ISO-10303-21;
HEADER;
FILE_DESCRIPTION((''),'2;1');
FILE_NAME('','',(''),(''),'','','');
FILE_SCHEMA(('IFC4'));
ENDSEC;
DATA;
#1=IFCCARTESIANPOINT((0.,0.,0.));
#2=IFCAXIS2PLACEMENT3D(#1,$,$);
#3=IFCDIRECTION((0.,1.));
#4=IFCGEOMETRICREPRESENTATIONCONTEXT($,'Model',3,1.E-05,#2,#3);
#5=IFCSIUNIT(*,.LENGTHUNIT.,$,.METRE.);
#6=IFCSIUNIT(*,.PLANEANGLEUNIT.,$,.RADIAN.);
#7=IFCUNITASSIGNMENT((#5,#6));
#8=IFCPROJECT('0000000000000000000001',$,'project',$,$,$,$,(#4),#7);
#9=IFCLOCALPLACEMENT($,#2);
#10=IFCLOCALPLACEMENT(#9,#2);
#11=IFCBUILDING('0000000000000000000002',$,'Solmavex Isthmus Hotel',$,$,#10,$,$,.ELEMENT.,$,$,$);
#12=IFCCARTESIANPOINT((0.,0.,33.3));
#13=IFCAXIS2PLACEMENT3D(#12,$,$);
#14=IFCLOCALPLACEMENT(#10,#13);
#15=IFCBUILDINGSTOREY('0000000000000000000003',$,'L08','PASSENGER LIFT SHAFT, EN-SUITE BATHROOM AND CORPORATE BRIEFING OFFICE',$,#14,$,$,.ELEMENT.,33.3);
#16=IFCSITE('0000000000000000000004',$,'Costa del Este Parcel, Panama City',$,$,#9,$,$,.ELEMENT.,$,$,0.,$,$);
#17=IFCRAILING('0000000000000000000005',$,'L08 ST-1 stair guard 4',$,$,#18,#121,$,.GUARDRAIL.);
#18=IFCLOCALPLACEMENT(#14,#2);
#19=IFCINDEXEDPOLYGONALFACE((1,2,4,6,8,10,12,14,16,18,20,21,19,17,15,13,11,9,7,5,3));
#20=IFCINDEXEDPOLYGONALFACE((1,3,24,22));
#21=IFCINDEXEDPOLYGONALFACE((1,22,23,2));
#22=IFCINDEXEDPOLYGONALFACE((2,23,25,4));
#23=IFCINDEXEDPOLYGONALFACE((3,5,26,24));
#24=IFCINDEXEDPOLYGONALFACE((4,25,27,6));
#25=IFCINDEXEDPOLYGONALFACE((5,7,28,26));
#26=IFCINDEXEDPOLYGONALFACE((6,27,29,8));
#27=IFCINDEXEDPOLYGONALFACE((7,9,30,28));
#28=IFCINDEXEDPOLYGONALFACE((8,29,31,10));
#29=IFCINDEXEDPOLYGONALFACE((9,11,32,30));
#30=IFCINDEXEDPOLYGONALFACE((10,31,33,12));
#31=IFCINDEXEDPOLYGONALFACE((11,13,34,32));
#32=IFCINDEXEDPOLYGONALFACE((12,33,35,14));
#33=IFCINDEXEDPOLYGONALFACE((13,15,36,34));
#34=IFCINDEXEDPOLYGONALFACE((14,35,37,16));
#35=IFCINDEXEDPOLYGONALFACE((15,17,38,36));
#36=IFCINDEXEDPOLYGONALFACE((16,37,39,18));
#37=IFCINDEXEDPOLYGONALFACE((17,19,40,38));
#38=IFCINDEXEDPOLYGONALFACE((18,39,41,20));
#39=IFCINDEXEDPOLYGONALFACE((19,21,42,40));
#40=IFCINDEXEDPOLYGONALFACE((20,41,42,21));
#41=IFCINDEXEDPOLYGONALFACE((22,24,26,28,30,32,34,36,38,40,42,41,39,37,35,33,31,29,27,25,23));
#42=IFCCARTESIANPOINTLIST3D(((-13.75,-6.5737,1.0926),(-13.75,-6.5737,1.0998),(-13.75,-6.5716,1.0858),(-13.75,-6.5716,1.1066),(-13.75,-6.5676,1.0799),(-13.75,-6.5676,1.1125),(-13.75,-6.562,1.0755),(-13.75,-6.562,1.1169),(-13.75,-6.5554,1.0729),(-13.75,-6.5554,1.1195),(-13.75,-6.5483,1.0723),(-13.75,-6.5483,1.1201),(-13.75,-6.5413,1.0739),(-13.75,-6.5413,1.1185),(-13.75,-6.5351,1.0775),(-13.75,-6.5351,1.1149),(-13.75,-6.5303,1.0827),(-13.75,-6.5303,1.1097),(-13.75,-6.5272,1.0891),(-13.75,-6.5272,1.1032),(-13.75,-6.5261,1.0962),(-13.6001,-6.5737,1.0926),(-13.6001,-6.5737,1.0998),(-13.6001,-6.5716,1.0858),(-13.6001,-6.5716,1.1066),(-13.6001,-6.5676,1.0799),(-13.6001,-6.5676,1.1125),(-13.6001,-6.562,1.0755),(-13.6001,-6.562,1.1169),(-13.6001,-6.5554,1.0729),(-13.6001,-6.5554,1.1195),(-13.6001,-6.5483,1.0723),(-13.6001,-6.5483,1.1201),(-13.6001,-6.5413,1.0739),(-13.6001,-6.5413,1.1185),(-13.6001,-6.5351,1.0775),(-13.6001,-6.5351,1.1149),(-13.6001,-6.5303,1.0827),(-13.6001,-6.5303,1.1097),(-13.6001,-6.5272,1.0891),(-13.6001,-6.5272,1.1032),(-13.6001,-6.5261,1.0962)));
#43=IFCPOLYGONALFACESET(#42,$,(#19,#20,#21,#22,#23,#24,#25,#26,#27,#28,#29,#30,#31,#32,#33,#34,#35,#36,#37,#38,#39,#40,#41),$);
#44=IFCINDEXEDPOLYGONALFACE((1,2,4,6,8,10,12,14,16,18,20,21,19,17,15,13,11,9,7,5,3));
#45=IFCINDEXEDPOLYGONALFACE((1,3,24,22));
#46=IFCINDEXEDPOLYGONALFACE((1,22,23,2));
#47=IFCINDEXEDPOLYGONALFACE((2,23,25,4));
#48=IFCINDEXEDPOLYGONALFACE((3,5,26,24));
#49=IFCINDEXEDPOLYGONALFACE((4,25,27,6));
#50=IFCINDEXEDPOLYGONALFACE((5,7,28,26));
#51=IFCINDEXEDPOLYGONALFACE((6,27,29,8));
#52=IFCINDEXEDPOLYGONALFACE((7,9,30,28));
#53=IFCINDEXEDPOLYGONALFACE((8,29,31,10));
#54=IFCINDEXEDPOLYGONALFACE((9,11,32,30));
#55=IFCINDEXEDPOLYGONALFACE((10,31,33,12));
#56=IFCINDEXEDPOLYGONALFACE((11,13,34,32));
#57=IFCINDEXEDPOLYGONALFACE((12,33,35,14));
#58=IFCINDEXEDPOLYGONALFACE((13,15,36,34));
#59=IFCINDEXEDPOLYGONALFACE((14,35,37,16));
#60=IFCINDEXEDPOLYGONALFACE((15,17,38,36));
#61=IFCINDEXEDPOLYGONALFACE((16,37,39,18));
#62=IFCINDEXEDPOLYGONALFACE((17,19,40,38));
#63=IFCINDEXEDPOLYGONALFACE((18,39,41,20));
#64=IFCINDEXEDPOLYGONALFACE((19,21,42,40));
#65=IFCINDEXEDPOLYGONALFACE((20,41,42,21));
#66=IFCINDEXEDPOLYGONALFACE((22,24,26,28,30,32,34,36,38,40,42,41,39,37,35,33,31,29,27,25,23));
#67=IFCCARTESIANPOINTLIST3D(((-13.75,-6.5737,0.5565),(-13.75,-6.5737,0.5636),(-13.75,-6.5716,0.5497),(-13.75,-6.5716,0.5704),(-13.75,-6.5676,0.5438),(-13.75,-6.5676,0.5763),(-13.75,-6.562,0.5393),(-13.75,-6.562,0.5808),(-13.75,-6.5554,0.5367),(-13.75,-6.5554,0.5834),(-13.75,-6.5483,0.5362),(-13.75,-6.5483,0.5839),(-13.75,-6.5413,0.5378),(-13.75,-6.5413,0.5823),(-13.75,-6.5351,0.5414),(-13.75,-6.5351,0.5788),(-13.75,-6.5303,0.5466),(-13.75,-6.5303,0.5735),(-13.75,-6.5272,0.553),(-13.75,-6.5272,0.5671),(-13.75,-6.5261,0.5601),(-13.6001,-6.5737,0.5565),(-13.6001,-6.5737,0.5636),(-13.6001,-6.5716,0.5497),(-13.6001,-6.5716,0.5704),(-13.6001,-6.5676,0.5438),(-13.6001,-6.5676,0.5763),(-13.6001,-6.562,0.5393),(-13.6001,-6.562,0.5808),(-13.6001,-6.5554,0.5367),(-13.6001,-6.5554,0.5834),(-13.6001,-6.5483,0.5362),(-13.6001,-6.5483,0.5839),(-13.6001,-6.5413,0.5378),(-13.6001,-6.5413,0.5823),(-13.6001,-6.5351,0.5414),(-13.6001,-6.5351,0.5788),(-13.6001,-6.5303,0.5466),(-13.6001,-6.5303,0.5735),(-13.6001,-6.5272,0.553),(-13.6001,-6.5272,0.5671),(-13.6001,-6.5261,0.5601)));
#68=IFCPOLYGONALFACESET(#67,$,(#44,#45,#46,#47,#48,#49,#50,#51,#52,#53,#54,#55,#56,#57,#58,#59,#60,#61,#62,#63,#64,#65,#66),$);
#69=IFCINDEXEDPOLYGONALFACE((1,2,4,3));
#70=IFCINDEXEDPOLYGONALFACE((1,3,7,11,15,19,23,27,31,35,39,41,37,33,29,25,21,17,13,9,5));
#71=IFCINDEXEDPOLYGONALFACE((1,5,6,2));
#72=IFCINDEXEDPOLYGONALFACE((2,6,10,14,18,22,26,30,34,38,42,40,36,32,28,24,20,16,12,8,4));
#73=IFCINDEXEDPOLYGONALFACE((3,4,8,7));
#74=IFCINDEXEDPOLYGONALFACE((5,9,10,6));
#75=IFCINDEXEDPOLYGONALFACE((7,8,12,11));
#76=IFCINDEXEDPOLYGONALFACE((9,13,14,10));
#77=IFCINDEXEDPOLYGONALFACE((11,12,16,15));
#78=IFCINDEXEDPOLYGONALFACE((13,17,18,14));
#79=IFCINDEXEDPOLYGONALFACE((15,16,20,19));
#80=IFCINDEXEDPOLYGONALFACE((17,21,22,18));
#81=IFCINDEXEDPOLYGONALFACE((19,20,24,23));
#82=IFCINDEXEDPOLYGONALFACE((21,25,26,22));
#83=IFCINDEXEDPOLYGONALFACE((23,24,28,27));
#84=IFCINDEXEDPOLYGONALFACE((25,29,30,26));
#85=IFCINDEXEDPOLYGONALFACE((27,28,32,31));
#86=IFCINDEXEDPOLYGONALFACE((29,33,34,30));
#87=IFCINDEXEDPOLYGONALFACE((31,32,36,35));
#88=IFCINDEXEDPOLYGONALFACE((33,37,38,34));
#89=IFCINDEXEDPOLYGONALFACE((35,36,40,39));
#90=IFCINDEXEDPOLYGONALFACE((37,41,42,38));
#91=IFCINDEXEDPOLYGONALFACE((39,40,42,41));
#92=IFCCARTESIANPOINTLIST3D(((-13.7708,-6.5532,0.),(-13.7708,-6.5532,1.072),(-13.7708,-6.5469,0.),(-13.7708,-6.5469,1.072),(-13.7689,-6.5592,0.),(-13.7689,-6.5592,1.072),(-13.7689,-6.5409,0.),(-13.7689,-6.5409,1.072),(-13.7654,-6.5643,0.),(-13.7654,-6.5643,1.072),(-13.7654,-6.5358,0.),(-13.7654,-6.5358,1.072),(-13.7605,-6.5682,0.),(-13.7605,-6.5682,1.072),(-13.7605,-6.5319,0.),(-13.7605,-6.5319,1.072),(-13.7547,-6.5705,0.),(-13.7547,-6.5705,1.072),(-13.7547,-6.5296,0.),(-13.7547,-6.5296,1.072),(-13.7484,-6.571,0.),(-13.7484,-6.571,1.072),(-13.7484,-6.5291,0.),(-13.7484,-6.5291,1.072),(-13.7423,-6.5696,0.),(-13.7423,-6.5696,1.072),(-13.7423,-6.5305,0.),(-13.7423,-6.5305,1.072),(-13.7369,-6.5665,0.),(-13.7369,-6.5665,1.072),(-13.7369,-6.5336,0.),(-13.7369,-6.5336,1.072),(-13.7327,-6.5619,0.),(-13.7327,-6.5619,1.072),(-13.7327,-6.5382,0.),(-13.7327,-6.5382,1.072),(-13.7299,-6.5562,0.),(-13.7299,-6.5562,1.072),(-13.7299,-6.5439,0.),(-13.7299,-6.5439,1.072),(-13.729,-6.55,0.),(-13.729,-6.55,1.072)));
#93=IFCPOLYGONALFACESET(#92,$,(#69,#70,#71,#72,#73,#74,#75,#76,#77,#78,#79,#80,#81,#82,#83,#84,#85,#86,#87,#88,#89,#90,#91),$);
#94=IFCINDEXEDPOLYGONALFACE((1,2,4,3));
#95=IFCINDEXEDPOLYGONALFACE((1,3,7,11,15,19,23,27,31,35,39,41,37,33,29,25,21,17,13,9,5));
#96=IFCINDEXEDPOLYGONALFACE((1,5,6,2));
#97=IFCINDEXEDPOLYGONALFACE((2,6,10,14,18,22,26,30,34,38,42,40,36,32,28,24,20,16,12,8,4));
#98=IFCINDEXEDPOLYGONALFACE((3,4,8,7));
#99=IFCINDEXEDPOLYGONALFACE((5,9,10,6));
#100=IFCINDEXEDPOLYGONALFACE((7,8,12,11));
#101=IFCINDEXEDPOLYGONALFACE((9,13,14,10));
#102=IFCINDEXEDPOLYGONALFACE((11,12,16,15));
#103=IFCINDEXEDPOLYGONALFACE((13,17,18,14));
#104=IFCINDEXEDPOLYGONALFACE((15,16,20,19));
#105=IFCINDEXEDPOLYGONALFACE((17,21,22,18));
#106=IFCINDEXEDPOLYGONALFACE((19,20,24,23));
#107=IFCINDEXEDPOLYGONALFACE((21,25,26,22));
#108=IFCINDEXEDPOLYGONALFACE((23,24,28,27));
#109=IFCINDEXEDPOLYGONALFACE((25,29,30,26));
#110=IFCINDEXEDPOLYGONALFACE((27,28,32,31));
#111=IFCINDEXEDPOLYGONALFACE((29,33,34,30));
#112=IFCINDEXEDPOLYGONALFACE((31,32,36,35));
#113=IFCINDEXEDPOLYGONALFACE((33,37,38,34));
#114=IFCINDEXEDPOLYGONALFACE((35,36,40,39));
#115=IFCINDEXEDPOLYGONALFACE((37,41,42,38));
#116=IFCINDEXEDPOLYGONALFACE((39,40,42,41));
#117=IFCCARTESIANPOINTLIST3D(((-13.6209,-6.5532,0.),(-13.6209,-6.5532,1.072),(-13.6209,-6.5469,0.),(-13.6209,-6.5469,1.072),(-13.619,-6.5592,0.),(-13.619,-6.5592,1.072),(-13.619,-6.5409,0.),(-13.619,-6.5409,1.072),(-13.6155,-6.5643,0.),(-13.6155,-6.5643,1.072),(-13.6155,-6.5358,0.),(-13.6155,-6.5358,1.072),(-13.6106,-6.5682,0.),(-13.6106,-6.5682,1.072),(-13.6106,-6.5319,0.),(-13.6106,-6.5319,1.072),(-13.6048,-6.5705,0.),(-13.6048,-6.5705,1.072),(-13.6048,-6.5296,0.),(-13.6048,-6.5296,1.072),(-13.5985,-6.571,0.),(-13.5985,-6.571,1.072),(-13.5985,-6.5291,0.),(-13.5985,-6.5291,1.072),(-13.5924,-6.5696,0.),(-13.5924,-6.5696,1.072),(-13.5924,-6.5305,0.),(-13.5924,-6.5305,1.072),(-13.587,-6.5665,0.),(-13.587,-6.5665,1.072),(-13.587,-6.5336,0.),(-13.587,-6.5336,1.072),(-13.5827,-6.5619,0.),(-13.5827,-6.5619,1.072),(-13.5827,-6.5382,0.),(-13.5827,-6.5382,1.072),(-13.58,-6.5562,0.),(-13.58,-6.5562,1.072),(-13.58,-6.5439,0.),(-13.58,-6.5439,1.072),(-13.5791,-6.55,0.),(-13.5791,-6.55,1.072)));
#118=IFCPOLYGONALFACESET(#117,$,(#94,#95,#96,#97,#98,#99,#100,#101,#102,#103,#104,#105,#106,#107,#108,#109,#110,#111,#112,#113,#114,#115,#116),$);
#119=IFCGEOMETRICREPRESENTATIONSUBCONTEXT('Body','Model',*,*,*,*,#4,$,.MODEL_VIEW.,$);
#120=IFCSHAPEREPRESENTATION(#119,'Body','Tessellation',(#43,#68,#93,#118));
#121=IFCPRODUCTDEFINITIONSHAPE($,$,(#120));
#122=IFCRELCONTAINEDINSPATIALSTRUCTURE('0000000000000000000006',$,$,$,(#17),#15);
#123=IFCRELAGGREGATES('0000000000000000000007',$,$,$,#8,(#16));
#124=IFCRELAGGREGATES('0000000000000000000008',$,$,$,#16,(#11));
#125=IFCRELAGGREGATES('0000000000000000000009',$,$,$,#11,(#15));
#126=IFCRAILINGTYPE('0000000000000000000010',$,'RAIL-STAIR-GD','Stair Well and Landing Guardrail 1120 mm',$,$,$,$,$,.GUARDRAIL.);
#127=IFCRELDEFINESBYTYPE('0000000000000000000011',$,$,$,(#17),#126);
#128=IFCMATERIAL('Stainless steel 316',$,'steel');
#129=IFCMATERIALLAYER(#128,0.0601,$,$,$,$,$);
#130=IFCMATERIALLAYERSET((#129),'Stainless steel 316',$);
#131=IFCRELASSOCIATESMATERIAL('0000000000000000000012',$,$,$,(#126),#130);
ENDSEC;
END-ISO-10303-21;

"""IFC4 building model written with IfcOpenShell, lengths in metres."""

from ifc_helpers import new_model, si_unit, direction, frame, origin, origin_2d, place, context, subcontext, project, spatial, circle, extrude, material, layer, layer_set, type_object, element, save


model = new_model("IFC4")

# Units and contexts
model_context = context("Model", 3, precision=1e-05, world=origin(), true_north=direction((0.0, 1.0)))
body_context = subcontext(model_context, "Body", "Model", "MODEL_VIEW")
ifc_project = project(units=[si_unit("LENGTHUNIT", "METRE"), si_unit("PLANEANGLEUNIT", "RADIAN")], contexts=[model_context])

# Site, building, storey
site_placement = place(None, origin())
site = spatial("IfcSite", under=ifc_project, at=site_placement, Name="Costa del Este Parcel, Panama City", CompositionType="ELEMENT", RefElevation=0.0)
building_placement = place(site_placement, origin())
building = spatial("IfcBuilding", under=site, at=building_placement, Name="Solmavex Isthmus Hotel", CompositionType="ELEMENT")
storey_placement = place(building_placement, frame((0.0, 0.0, 33.3)))
storey = spatial("IfcBuildingStorey", under=building, at=storey_placement, Name="L08", Description="PASSENGER LIFT SHAFT, EN-SUITE BATHROOM AND CORPORATE BRIEFING OFFICE", CompositionType="ELEMENT", Elevation=33.3)

# Shared definitions
ifc_material_1 = material(Name="Stainless steel 316", Category="steel")

# Railing
ifc_layer_1 = layer(ifc_material_1, 0.0601)
ifc_layer_set_1 = layer_set([ifc_layer_1], Name="Stainless steel 316")
railing_type_1 = type_object("IfcRailingType", Name="RAIL-STAIR-GD", Description="Stair Well and Landing Guardrail 1120 mm", PredefinedType="GUARDRAIL", material=ifc_layer_set_1)
railing_1_placement = place(storey_placement, frame((-13.75, -6.55, 0.0)))
element("IfcRailing", 1, at=railing_1_placement, inside=storey, type_object=railing_type_1, Name="L08 ST-1 stair guard 4", PredefinedType="GUARDRAIL", context=body_context, shape_type="SweptSolid", body=[
    extrude(circle(Radius=0.0239, at=origin_2d()), frame((0.0, 0.0, 1.0962), z_axis=(1.0, 0.0, 0.0), x_axis=(0.0, 1.0, 0.0)), (0.0, 0.0, 1.0), 0.1499),
    extrude(circle(Radius=0.0239, at=origin_2d()), frame((0.0, 0.0, 0.5601), z_axis=(1.0, 0.0, 0.0), x_axis=(0.0, 1.0, 0.0)), (0.0, 0.0, 1.0), 0.1499),
    extrude(circle(Radius=0.021, at=origin_2d()), origin(), (0.0, 0.0, 1.0), 1.072),
    extrude(circle(Radius=0.021, at=origin_2d()), frame((0.1499, 0.0, 0.0)), (0.0, 0.0, 1.0), 1.072),
])

save(model, "model.ifc")
